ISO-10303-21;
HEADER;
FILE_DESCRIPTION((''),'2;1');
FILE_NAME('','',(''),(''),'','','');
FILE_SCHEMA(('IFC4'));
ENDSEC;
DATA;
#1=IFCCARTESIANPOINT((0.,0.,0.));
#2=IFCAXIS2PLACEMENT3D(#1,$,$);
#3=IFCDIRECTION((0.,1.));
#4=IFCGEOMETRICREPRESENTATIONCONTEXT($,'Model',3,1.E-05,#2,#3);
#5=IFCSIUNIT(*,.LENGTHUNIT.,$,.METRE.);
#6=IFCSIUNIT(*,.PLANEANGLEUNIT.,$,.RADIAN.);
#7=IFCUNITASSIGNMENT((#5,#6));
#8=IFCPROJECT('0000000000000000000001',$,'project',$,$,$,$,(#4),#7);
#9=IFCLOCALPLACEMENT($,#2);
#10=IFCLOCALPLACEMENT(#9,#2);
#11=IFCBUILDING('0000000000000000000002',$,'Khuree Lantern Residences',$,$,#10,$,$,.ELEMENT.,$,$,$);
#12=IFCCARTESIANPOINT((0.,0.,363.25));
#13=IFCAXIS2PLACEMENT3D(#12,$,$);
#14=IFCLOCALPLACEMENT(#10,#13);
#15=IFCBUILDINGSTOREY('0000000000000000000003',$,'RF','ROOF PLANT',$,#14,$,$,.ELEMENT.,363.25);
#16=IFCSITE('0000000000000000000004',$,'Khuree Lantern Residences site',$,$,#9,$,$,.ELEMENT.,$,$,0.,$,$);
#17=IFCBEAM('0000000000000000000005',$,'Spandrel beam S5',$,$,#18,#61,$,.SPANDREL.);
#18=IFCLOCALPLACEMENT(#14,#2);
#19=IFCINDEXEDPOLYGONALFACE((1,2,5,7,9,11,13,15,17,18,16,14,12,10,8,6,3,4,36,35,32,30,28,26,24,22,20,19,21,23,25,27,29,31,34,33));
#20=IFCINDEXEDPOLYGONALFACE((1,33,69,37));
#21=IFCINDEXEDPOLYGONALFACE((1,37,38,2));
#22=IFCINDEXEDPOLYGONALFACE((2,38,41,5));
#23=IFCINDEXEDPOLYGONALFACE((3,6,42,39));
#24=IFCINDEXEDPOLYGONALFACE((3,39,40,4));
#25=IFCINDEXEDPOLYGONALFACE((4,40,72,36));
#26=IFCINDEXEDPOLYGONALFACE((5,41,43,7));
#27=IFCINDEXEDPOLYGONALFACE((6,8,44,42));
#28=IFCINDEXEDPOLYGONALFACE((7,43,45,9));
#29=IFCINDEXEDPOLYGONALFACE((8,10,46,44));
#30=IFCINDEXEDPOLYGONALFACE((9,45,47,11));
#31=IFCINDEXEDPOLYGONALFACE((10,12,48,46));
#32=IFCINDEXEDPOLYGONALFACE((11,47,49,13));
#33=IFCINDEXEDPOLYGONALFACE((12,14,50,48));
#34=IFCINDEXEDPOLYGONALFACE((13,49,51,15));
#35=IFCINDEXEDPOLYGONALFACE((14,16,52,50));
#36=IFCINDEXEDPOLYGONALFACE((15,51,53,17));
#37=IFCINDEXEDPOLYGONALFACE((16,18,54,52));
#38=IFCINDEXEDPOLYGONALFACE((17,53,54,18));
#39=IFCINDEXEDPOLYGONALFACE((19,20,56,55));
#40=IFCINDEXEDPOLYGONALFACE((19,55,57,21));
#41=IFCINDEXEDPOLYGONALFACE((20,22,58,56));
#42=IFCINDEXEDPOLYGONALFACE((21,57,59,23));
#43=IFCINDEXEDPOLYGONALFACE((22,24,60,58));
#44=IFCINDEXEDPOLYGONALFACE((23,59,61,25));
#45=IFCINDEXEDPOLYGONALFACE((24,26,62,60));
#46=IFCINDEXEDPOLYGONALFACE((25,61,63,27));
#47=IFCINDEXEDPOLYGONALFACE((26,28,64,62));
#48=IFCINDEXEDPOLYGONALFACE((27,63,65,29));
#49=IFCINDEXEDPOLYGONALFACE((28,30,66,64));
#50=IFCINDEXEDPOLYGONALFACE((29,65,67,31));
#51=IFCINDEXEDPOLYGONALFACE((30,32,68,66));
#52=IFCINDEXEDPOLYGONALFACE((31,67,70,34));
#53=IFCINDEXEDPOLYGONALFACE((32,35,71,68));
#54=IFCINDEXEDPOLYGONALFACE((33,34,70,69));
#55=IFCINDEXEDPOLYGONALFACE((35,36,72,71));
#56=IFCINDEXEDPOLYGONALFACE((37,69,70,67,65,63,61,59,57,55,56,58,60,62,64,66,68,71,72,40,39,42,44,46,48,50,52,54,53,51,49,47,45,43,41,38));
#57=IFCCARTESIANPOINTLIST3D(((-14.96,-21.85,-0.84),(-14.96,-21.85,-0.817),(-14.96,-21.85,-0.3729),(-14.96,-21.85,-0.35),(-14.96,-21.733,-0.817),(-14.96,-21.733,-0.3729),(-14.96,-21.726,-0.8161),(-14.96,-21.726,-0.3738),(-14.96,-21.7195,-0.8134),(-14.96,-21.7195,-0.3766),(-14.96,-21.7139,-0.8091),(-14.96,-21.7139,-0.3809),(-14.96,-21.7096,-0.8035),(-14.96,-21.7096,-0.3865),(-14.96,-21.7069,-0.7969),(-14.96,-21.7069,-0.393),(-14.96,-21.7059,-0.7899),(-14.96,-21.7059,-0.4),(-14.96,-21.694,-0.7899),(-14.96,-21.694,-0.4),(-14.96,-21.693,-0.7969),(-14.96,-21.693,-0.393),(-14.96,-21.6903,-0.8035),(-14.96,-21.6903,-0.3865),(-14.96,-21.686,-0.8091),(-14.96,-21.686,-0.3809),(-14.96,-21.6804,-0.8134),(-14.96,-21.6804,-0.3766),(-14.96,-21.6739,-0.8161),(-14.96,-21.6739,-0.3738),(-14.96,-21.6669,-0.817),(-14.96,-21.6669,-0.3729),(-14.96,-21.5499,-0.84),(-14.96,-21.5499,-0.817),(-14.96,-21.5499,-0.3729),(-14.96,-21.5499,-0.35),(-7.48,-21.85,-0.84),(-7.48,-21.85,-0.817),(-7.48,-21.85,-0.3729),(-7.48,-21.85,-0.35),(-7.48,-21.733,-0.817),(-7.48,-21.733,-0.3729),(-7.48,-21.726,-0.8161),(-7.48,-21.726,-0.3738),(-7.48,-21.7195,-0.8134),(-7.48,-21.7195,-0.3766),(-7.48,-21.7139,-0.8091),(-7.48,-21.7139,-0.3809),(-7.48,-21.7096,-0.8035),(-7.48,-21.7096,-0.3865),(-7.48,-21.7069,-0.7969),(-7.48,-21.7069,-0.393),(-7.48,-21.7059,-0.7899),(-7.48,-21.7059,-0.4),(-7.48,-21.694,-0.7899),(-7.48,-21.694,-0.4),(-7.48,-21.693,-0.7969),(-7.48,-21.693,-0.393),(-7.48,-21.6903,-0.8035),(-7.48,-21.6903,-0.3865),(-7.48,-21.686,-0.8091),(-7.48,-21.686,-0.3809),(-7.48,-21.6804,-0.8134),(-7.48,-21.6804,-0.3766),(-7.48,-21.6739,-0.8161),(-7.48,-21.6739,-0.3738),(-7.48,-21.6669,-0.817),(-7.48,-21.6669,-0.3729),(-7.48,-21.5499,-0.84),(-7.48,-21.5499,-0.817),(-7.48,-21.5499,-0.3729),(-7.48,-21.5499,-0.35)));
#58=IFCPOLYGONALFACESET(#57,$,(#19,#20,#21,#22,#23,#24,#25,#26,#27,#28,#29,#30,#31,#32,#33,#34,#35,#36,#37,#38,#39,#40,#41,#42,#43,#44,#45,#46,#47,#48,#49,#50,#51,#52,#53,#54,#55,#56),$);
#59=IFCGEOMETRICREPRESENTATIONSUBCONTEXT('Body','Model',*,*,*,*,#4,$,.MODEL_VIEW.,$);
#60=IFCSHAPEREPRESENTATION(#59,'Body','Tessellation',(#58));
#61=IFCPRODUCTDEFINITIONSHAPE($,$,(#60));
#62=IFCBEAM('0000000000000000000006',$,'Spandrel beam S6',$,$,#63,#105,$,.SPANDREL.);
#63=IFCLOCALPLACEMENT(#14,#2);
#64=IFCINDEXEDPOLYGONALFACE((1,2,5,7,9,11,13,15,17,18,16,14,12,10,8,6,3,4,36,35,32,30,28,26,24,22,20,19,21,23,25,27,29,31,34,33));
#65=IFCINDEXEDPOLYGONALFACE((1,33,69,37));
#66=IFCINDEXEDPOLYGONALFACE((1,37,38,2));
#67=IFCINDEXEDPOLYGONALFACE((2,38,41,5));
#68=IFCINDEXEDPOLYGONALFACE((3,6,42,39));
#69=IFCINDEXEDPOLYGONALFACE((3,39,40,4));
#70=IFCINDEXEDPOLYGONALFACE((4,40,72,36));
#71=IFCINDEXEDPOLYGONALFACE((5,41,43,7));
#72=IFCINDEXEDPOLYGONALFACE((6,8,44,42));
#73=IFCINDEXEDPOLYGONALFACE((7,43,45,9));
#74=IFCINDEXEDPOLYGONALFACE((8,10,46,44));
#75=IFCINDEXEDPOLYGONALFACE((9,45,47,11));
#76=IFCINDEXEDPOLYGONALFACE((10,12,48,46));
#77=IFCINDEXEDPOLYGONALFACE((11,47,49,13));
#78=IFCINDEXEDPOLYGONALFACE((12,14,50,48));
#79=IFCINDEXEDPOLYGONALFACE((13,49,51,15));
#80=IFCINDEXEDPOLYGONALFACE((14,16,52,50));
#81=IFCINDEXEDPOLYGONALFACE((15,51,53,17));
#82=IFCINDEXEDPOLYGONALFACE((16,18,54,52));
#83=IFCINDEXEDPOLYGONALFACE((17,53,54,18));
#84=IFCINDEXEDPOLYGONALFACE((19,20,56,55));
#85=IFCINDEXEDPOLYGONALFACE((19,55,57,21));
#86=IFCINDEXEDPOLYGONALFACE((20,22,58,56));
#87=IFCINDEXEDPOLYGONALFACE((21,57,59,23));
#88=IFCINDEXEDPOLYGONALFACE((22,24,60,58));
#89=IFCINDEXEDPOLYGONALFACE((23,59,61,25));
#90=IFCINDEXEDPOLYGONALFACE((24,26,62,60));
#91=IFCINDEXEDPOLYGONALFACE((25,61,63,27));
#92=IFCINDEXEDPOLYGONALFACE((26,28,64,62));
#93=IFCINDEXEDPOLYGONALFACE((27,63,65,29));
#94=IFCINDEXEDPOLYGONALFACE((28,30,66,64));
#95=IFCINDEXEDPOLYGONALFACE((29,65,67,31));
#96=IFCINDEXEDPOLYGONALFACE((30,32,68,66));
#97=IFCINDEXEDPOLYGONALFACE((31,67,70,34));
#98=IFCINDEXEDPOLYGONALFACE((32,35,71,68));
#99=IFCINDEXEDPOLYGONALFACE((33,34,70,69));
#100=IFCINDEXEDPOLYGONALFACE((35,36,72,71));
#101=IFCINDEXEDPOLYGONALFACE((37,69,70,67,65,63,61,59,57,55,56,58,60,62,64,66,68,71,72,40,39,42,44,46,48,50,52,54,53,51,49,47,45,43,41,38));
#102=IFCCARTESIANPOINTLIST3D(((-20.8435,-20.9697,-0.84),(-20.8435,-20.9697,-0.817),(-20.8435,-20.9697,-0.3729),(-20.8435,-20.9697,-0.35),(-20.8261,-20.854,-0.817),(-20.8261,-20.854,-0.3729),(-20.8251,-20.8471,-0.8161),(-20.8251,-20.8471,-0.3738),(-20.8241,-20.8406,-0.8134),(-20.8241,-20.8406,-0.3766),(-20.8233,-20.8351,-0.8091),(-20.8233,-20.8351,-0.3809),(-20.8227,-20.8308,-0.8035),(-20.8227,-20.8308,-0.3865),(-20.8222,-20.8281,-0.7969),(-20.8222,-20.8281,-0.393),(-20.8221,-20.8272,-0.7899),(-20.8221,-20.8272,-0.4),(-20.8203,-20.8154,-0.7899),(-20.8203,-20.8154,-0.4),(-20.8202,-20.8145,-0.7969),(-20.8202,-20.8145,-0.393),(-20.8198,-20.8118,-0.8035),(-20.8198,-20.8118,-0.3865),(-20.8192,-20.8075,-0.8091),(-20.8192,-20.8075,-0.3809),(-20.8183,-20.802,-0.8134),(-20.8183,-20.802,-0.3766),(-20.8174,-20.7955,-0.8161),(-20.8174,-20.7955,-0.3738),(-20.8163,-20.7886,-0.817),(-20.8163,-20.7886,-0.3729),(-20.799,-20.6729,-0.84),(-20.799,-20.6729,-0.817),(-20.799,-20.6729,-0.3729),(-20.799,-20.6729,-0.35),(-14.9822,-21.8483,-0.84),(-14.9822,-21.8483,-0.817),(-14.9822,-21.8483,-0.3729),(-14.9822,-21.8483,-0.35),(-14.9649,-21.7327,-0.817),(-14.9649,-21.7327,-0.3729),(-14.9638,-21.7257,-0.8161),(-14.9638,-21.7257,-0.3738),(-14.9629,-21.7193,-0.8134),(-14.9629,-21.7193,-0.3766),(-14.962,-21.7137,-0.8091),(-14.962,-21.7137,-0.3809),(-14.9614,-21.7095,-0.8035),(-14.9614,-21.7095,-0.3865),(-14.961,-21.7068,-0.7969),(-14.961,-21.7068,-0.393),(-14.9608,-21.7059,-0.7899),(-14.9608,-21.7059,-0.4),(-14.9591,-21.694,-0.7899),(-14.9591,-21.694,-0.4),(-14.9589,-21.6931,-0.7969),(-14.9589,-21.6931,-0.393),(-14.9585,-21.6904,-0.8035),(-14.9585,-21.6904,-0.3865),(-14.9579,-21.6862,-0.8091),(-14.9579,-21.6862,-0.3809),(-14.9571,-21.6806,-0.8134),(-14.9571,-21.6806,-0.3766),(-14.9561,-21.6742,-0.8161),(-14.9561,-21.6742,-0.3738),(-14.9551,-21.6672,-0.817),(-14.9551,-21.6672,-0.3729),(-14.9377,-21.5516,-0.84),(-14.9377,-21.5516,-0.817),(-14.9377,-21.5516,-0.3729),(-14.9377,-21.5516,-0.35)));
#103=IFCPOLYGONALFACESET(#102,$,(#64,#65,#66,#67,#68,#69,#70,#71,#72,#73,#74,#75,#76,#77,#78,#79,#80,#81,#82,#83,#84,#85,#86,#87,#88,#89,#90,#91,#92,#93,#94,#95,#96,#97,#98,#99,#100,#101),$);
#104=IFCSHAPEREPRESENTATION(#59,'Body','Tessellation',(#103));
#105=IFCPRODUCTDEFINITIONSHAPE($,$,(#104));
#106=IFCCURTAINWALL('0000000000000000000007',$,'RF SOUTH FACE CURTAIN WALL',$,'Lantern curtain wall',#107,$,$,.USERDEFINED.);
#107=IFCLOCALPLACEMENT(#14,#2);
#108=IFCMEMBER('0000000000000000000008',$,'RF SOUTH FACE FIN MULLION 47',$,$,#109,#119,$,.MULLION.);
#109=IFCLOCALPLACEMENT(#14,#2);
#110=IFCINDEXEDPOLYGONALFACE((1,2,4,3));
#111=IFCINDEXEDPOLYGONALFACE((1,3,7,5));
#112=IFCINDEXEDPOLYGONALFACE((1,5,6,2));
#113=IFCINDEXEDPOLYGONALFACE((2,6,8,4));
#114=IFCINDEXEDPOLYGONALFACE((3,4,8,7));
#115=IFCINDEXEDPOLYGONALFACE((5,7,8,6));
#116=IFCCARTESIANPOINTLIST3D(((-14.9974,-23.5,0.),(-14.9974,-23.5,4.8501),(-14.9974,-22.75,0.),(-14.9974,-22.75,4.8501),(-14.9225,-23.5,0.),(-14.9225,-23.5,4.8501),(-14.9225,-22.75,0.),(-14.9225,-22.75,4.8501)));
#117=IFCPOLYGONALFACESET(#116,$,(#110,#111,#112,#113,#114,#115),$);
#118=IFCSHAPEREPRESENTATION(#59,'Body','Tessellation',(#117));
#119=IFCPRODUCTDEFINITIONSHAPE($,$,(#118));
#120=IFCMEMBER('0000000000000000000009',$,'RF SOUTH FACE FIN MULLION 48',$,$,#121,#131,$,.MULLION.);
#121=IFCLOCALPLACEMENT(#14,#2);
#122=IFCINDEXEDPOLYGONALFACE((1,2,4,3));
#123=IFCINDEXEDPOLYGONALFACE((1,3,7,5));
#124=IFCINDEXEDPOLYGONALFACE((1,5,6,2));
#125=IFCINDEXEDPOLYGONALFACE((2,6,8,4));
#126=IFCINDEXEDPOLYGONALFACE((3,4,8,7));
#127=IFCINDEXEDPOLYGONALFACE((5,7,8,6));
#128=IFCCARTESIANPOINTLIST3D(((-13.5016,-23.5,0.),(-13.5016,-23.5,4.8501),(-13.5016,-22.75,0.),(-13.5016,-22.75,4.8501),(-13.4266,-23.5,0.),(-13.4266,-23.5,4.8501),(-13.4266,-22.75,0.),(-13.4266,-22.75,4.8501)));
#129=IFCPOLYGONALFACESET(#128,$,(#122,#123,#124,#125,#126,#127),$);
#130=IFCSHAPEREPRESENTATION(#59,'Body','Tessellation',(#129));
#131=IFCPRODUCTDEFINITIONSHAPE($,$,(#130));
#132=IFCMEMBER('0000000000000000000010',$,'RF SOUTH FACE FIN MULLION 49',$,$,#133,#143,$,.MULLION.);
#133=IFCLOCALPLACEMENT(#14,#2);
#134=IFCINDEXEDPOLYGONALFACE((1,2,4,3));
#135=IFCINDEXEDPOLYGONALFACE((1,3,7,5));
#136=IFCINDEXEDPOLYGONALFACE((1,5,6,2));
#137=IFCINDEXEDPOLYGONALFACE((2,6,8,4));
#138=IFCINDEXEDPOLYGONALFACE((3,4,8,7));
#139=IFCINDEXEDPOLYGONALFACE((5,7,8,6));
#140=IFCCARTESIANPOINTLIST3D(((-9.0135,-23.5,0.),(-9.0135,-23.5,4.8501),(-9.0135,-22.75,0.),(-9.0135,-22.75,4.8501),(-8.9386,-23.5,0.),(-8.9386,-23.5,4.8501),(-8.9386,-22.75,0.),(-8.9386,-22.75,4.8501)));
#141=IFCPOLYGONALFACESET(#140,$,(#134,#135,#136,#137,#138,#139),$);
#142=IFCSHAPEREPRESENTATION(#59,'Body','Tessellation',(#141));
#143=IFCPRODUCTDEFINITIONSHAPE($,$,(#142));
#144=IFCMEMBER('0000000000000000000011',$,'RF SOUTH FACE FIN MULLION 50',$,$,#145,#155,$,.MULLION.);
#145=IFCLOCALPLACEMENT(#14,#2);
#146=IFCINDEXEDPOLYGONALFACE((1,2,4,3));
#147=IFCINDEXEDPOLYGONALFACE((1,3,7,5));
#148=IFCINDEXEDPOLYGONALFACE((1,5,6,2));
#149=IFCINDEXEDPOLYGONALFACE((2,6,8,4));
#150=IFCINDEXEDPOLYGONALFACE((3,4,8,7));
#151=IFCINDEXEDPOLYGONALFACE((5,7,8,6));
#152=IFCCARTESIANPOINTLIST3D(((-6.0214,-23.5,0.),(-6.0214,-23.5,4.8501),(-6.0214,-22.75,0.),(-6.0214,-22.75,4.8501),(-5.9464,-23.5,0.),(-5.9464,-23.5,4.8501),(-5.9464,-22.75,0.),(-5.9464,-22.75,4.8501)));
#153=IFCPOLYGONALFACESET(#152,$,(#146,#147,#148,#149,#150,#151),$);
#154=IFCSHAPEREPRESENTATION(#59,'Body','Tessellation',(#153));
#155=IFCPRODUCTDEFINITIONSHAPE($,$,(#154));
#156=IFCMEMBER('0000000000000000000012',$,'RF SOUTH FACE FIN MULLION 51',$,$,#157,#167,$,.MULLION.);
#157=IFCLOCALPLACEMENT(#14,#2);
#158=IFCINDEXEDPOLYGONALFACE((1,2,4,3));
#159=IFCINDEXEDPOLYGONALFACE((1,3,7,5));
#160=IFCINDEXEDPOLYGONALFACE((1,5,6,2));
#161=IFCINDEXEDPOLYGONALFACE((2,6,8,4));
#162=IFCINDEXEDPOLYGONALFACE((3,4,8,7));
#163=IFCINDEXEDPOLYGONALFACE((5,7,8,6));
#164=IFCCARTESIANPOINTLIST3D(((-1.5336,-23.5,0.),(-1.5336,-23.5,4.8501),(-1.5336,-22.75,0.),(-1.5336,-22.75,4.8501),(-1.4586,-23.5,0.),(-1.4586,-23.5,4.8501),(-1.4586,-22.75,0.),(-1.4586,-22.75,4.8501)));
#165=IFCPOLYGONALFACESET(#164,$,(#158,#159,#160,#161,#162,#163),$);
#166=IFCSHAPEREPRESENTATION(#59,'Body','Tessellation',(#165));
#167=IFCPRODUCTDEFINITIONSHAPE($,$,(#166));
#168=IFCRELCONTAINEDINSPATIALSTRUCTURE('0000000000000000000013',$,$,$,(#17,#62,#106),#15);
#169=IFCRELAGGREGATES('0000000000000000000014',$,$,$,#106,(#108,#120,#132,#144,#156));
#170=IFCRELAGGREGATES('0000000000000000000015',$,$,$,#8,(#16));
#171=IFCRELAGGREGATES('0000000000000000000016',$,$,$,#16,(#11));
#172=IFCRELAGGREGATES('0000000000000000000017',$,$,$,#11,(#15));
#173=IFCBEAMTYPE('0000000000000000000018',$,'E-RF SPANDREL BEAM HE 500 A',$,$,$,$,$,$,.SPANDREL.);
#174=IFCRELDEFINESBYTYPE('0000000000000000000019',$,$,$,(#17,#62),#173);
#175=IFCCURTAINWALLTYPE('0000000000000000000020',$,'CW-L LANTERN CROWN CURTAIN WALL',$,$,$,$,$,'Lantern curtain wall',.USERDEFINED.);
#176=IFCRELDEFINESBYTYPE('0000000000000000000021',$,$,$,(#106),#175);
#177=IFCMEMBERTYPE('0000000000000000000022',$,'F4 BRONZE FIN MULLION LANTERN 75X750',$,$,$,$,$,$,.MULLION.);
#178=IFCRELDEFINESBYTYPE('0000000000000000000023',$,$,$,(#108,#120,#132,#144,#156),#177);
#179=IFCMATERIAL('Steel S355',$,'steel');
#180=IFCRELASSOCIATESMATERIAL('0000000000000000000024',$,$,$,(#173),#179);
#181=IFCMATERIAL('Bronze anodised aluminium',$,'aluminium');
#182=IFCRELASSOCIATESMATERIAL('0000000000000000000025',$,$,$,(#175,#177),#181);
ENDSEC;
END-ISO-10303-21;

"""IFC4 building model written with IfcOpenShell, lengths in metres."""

from ifc_helpers import new_model, si_unit, direction, frame, origin, origin_2d, place, context, subcontext, project, spatial, rectangle, i_section, extrude, material, material_profile, profile_set, type_object, element, aggregate, save


model = new_model("IFC4")

# Units and contexts
model_context = context("Model", 3, precision=1e-05, world=origin(), true_north=direction((0.0, 1.0)))
body_context = subcontext(model_context, "Body", "Model", "MODEL_VIEW")
ifc_project = project(units=[si_unit("LENGTHUNIT", "METRE"), si_unit("PLANEANGLEUNIT", "RADIAN")], contexts=[model_context])

# Site, building, storey
site_placement = place(None, origin())
site = spatial("IfcSite", under=ifc_project, at=site_placement, Name="Khuree Lantern Residences site", CompositionType="ELEMENT", RefElevation=0.0)
building_placement = place(site_placement, origin())
building = spatial("IfcBuilding", under=site, at=building_placement, Name="Khuree Lantern Residences", CompositionType="ELEMENT")
storey_placement = place(building_placement, frame((0.0, 0.0, 363.25)))
storey = spatial("IfcBuildingStorey", under=building, at=storey_placement, Name="RF", Description="ROOF PLANT", CompositionType="ELEMENT", Elevation=363.25)

# Shared definitions
ifc_material_1 = material(Name="Steel S355", Category="steel")

# Beams
ifc_material_profile_1 = material_profile(ifc_material_1, i_section(OverallWidth=0.3, OverallDepth=0.49, WebThickness=0.012, FlangeThickness=0.0229, FilletRadius=0.0271, at=origin_2d()), Name="HE 500 A")
ifc_profile_set_1 = profile_set([ifc_material_profile_1], Name="Steel S355")
beam_type_1 = type_object("IfcBeamType", Name="E-RF SPANDREL BEAM HE 500 A", PredefinedType="SPANDREL", material=ifc_profile_set_1)
beam_1_placement = place(storey_placement, frame((-7.48, -21.7, -0.595), z_axis=(-1.0, 0.0, 0.0), x_axis=(0.0, -1.0, 0.0)))
element("IfcBeam", 1, at=beam_1_placement, inside=storey, type_object=beam_type_1, Name="Spandrel beam S5", PredefinedType="SPANDREL", context=body_context, shape_type="SweptSolid", body=[
    extrude(i_section(OverallWidth=0.3, OverallDepth=0.49, WebThickness=0.012, FlangeThickness=0.0229, FilletRadius=0.0271, at=origin_2d()), origin(), (0.0, 0.0, 1.0), 7.48),
])
beam_2_placement = place(storey_placement, frame((-14.96, -21.7, -0.595), z_axis=(-0.98895, 0.148252, 0.0), x_axis=(-0.148252, -0.98895, 0.0)))
element("IfcBeam", 2, at=beam_2_placement, inside=storey, type_object=beam_type_1, Name="Spandrel beam S6", PredefinedType="SPANDREL", context=body_context, shape_type="SweptSolid", body=[
    extrude(i_section(OverallWidth=0.3, OverallDepth=0.49, WebThickness=0.012, FlangeThickness=0.0229, FilletRadius=0.0271, at=origin_2d()), origin(), (0.0, 0.0, 1.0), 5.9268),
])

# Curtain wall, members
ifc_material_2 = material(Name="Bronze anodised aluminium", Category="aluminium")
curtain_wall_type = type_object("IfcCurtainWallType", Name="CW-L LANTERN CROWN CURTAIN WALL", ElementType="Lantern curtain wall", PredefinedType="USERDEFINED", material=ifc_material_2)
curtain_wall_placement = place(storey_placement, origin())
curtain_wall = element("IfcCurtainWall", 3, at=curtain_wall_placement, inside=storey, type_object=curtain_wall_type, Name="RF SOUTH FACE CURTAIN WALL", ObjectType="Lantern curtain wall", PredefinedType="USERDEFINED")
ifc_material_profile_2 = material_profile(ifc_material_2, rectangle(XDim=0.075, YDim=0.75, at=origin_2d()), Name="F4 75X750")
ifc_profile_set_2 = profile_set([ifc_material_profile_2], Name="Bronze anodised aluminium")
member_type_1 = type_object("IfcMemberType", Name="F4 BRONZE FIN MULLION LANTERN 75X750", PredefinedType="MULLION", material=ifc_profile_set_2)
member_1_placement = place(storey_placement, frame((-14.96, -23.125, 0.0), z_axis=(0.0, 0.0, 1.0), x_axis=(1.0, 0.0, 0.0)))
member_1 = element("IfcMember", 4, at=member_1_placement, type_object=member_type_1, Name="RF SOUTH FACE FIN MULLION 47", PredefinedType="MULLION", context=body_context, shape_type="SweptSolid", body=[
    extrude(rectangle(XDim=0.075, YDim=0.75, at=origin_2d()), origin(), (0.0, 0.0, 1.0), 4.8501),
])
member_2_placement = place(storey_placement, frame((-13.4641, -23.125, 0.0), z_axis=(0.0, 0.0, 1.0), x_axis=(1.0, 0.0, 0.0)))
member_2 = element("IfcMember", 5, at=member_2_placement, type_object=member_type_1, Name="RF SOUTH FACE FIN MULLION 48", PredefinedType="MULLION", context=body_context, shape_type="SweptSolid", body=[
    extrude(rectangle(XDim=0.075, YDim=0.75, at=origin_2d()), origin(), (0.0, 0.0, 1.0), 4.8501),
])
member_3_placement = place(storey_placement, frame((-8.9761, -23.125, 0.0), z_axis=(0.0, 0.0, 1.0), x_axis=(1.0, 0.0, 0.0)))
member_3 = element("IfcMember", 6, at=member_3_placement, type_object=member_type_1, Name="RF SOUTH FACE FIN MULLION 49", PredefinedType="MULLION", context=body_context, shape_type="SweptSolid", body=[
    extrude(rectangle(XDim=0.075, YDim=0.75, at=origin_2d()), origin(), (0.0, 0.0, 1.0), 4.8501),
])
member_4_placement = place(storey_placement, frame((-5.9839, -23.125, 0.0), z_axis=(0.0, 0.0, 1.0), x_axis=(1.0, 0.0, 0.0)))
member_4 = element("IfcMember", 7, at=member_4_placement, type_object=member_type_1, Name="RF SOUTH FACE FIN MULLION 50", PredefinedType="MULLION", context=body_context, shape_type="SweptSolid", body=[
    extrude(rectangle(XDim=0.075, YDim=0.75, at=origin_2d()), origin(), (0.0, 0.0, 1.0), 4.8501),
])
member_5_placement = place(storey_placement, frame((-1.4961, -23.125, 0.0), z_axis=(0.0, 0.0, 1.0), x_axis=(1.0, 0.0, 0.0)))
member_5 = element("IfcMember", 8, at=member_5_placement, type_object=member_type_1, Name="RF SOUTH FACE FIN MULLION 51", PredefinedType="MULLION", context=body_context, shape_type="SweptSolid", body=[
    extrude(rectangle(XDim=0.075, YDim=0.75, at=origin_2d()), origin(), (0.0, 0.0, 1.0), 4.8501),
])

aggregate(curtain_wall, [member_1, member_2, member_3, member_4, member_5])

save(model, "model.ifc")
